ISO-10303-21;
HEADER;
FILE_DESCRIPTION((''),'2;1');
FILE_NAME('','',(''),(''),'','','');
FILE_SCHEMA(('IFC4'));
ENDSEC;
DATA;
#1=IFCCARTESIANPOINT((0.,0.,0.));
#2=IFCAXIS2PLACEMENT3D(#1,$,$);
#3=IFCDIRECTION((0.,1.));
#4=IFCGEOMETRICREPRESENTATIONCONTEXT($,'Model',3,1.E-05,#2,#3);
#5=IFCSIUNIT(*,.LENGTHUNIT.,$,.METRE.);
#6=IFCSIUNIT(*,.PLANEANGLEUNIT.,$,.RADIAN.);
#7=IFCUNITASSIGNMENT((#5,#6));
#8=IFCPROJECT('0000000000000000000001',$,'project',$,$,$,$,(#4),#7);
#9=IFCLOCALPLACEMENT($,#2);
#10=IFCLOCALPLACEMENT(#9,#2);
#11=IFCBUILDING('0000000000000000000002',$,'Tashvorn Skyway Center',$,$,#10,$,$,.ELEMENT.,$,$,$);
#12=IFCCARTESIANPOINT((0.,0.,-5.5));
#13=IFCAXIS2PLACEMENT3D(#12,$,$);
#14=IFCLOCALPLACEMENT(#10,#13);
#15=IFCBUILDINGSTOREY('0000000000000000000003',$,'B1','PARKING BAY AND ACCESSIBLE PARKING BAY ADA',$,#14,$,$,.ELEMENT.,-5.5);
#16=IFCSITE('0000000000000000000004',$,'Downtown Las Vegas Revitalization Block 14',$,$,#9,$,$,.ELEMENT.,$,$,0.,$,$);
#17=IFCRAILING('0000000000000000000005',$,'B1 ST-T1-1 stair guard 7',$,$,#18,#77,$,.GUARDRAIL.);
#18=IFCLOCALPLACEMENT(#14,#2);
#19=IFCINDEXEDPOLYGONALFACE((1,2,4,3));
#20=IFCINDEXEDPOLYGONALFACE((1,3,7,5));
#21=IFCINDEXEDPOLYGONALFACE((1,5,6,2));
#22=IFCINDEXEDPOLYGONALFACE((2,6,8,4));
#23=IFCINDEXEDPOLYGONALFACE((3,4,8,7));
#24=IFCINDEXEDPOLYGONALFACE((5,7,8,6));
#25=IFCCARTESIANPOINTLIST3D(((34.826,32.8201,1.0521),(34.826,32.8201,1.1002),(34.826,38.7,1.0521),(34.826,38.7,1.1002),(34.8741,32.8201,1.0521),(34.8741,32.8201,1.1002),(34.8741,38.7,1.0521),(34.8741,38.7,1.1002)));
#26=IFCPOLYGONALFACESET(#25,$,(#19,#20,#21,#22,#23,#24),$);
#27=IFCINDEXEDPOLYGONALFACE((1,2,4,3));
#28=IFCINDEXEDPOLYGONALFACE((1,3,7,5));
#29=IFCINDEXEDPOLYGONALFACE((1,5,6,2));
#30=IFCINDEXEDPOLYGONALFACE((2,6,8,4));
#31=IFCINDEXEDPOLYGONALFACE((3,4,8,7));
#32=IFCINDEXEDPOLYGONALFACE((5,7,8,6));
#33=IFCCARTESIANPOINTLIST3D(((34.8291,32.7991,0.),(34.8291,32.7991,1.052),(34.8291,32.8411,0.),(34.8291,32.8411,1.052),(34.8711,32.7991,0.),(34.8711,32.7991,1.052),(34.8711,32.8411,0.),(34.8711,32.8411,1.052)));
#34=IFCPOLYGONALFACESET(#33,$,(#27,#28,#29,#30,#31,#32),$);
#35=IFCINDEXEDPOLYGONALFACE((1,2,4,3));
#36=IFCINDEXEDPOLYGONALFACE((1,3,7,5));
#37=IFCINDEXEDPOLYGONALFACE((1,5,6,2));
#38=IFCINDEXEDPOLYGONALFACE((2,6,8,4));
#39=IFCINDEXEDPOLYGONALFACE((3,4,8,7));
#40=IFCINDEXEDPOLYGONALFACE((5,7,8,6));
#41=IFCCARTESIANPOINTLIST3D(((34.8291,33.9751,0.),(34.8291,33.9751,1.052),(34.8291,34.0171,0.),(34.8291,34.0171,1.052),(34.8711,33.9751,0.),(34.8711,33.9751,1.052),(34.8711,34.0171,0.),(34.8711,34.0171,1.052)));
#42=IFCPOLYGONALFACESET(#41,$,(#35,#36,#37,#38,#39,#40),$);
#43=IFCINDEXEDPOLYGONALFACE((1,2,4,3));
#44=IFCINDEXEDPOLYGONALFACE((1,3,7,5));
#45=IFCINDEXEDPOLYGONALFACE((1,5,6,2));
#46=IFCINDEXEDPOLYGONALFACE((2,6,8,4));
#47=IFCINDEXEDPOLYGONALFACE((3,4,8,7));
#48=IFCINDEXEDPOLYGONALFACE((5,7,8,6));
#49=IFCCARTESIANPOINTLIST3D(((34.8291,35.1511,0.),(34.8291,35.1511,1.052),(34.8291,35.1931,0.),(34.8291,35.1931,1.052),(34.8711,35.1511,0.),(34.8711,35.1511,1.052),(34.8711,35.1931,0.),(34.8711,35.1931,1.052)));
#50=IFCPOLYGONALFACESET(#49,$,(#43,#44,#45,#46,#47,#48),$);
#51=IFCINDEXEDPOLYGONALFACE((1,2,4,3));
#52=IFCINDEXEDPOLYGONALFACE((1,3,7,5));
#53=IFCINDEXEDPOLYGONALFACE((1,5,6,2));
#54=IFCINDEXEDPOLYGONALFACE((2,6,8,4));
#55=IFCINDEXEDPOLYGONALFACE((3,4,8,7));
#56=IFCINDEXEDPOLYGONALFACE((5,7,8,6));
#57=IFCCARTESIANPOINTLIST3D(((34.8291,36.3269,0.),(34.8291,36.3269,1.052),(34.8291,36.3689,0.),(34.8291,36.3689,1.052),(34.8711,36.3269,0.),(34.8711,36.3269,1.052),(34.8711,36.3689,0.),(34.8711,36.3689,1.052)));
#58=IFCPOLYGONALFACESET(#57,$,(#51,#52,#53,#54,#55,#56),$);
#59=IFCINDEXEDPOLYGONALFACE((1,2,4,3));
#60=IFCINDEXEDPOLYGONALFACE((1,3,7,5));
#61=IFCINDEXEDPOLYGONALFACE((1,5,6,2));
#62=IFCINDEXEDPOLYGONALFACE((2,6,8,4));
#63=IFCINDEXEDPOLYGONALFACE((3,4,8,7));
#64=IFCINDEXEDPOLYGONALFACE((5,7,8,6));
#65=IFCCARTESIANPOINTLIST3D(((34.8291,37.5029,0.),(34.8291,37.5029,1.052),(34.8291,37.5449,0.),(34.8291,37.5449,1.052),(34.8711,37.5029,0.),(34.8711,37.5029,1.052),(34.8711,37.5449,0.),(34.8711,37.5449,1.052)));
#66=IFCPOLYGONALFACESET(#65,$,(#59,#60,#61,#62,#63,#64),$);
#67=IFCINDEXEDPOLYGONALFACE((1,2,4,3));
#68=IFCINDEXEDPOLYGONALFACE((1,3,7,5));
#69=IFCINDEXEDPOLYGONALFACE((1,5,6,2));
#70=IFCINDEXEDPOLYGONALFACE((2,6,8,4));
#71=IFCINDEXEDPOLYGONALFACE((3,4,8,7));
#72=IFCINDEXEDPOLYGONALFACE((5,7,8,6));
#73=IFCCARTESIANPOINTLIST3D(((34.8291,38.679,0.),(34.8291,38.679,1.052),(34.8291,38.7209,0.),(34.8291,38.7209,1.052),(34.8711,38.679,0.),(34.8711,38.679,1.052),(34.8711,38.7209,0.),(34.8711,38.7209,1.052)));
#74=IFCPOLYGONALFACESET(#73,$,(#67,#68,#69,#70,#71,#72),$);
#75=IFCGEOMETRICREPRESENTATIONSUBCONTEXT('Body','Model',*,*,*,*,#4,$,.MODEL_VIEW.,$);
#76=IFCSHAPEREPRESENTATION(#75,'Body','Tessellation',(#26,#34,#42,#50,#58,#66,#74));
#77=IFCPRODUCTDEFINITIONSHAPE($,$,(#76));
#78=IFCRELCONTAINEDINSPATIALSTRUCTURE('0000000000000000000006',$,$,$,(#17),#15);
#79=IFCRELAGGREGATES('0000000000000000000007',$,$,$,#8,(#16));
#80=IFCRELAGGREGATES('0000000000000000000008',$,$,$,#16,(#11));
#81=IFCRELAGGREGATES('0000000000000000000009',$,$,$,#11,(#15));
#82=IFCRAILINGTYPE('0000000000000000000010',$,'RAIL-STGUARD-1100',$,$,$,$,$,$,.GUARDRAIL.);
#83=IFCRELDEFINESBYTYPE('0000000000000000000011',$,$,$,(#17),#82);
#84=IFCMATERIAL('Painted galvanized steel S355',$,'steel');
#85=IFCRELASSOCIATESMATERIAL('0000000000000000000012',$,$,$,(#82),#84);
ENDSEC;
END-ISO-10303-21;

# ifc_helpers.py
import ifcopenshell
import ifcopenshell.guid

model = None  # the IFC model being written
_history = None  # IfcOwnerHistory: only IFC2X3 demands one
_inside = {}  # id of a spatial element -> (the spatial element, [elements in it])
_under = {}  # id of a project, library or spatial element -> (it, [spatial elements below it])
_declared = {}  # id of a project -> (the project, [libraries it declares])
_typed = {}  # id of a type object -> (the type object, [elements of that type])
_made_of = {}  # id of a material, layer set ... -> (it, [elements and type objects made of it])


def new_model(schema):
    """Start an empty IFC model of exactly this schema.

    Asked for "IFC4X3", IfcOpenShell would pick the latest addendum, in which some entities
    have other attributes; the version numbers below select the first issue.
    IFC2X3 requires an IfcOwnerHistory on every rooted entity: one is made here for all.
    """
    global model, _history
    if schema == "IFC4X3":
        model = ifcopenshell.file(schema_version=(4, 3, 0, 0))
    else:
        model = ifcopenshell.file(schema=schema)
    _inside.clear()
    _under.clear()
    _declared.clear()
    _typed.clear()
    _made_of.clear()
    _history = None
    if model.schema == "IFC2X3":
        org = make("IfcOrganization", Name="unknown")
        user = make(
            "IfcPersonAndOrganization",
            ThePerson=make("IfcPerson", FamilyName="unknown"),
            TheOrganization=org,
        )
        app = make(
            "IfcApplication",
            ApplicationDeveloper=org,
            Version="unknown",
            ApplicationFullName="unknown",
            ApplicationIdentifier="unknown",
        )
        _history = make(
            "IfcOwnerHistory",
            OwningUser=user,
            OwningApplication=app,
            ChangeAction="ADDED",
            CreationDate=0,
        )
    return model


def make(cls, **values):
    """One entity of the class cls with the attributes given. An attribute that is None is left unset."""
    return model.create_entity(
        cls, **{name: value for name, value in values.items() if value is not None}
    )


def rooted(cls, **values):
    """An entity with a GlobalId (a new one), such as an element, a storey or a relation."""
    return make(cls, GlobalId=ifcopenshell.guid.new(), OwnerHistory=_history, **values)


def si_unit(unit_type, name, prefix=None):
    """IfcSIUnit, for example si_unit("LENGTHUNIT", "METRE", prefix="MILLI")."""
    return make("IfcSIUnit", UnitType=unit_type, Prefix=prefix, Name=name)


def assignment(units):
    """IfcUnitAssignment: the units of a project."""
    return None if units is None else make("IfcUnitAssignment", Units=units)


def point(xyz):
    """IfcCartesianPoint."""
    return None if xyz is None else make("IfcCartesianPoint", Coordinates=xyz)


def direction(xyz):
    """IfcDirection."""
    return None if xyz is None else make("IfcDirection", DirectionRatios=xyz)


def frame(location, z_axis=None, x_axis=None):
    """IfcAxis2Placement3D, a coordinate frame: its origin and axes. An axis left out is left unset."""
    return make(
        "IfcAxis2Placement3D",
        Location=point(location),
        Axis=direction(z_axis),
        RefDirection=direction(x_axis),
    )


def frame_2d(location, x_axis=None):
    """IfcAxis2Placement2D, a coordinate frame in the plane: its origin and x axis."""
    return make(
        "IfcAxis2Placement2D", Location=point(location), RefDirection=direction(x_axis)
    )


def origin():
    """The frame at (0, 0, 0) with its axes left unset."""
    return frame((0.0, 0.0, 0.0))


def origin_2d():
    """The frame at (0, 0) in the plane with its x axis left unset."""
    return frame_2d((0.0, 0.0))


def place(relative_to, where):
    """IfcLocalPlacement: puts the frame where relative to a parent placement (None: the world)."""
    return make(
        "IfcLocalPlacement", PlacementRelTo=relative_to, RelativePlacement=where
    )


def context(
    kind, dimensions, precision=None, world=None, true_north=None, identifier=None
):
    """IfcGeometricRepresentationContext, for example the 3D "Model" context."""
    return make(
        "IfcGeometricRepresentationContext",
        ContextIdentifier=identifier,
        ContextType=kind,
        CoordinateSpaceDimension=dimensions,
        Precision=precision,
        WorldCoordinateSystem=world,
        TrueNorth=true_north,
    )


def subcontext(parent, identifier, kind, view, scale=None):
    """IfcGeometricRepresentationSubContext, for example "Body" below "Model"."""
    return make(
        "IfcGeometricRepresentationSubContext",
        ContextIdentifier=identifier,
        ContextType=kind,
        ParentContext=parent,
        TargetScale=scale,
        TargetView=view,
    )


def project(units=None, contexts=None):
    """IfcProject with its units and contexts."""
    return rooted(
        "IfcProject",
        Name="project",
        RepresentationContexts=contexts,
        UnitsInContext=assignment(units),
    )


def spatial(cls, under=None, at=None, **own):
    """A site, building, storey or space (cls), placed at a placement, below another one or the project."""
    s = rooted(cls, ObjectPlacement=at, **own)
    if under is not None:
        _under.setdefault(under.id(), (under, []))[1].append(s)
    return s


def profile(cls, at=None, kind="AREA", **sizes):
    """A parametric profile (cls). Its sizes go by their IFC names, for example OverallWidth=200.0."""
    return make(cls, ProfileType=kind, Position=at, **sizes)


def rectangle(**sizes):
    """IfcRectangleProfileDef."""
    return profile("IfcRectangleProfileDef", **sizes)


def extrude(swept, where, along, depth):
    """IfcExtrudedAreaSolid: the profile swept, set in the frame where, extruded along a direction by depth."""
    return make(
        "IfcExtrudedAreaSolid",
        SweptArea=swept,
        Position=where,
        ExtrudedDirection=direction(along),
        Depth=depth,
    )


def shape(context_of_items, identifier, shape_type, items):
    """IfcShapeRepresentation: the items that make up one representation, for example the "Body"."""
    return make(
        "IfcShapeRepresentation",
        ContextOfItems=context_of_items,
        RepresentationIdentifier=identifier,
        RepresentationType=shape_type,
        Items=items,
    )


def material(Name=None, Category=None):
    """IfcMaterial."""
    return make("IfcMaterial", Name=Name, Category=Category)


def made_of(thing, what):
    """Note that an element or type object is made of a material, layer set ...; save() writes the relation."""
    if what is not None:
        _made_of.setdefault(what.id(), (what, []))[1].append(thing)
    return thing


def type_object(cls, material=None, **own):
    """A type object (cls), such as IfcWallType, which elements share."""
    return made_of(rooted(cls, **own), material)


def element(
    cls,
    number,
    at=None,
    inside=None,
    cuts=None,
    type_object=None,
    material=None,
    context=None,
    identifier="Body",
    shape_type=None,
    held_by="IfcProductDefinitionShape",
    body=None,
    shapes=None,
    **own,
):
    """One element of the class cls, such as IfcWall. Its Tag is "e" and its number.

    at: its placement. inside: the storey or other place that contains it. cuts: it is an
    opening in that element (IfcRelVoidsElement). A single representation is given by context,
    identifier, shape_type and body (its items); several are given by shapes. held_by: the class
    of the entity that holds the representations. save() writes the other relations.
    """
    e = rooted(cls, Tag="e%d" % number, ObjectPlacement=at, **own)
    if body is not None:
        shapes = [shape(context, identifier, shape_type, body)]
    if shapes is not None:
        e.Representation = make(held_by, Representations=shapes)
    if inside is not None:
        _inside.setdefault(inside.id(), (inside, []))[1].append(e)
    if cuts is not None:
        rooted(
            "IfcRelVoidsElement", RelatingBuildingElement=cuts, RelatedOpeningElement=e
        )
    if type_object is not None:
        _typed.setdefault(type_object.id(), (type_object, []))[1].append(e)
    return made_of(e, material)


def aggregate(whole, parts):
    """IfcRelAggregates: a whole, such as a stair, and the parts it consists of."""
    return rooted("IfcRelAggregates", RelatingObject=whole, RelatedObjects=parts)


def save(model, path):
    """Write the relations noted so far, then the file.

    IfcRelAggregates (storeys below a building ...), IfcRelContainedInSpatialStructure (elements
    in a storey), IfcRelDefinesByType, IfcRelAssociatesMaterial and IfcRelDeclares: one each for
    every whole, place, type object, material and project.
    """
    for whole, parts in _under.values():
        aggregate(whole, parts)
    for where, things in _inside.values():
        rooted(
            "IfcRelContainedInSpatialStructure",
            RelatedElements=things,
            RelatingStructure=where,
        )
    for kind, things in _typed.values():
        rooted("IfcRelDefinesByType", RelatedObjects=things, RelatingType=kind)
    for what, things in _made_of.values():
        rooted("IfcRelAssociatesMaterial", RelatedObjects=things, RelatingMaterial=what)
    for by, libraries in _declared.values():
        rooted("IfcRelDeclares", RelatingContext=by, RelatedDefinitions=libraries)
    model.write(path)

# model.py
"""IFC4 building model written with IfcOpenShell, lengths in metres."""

from ifc_helpers import new_model, si_unit, direction, frame, origin, origin_2d, place, context, subcontext, project, spatial, rectangle, extrude, material, type_object, element, save


model = new_model("IFC4")

# Units and contexts
model_context = context("Model", 3, precision=1e-05, world=origin(), true_north=direction((0.0, 1.0)))
body_context = subcontext(model_context, "Body", "Model", "MODEL_VIEW")
ifc_project = project(units=[si_unit("LENGTHUNIT", "METRE"), si_unit("PLANEANGLEUNIT", "RADIAN")], contexts=[model_context])

# Site, building, storey
site_placement = place(None, origin())
site = spatial("IfcSite", under=ifc_project, at=site_placement, Name="Downtown Las Vegas Revitalization Block 14", CompositionType="ELEMENT", RefElevation=0.0)
building_placement = place(site_placement, origin())
building = spatial("IfcBuilding", under=site, at=building_placement, Name="Tashvorn Skyway Center", CompositionType="ELEMENT")
storey_placement = place(building_placement, frame((0.0, 0.0, -5.5)))
storey = spatial("IfcBuildingStorey", under=building, at=storey_placement, Name="B1", Description="PARKING BAY AND ACCESSIBLE PARKING BAY ADA", CompositionType="ELEMENT", Elevation=-5.5)

# Railing
ifc_material_1 = material(Name="Painted galvanized steel S355", Category="steel")
railing_type_1 = type_object("IfcRailingType", Name="RAIL-STGUARD-1100", PredefinedType="GUARDRAIL", material=ifc_material_1)
railing_1_placement = place(storey_placement, frame((34.8501, 32.8201, 0.0)))
element("IfcRailing", 1, at=railing_1_placement, inside=storey, type_object=railing_type_1, Name="B1 ST-T1-1 stair guard 7", PredefinedType="GUARDRAIL", context=body_context, shape_type="SweptSolid", body=[
    extrude(rectangle(XDim=0.0481, YDim=0.0481, at=origin_2d()), frame((0.0, 0.0, 1.0762), z_axis=(0.0, 1.0, 0.0), x_axis=(-1.0, 0.0, 0.0)), (0.0, 0.0, 1.0), 5.8799),
    extrude(rectangle(XDim=0.042, YDim=0.042, at=origin_2d()), origin(), (0.0, 0.0, 1.0), 1.052),
    extrude(rectangle(XDim=0.042, YDim=0.042, at=origin_2d()), frame((0.0, 1.176, 0.0)), (0.0, 0.0, 1.0), 1.052),
    extrude(rectangle(XDim=0.042, YDim=0.042, at=origin_2d()), frame((0.0, 2.3521, 0.0)), (0.0, 0.0, 1.0), 1.052),
    extrude(rectangle(XDim=0.042, YDim=0.042, at=origin_2d()), frame((0.0, 3.5278, 0.0)), (0.0, 0.0, 1.0), 1.052),
    extrude(rectangle(XDim=0.042, YDim=0.042, at=origin_2d()), frame((0.0, 4.7039, 0.0)), (0.0, 0.0, 1.0), 1.052),
    extrude(rectangle(XDim=0.042, YDim=0.042, at=origin_2d()), frame((0.0, 5.8799, 0.0)), (0.0, 0.0, 1.0), 1.052),
])

save(model, "model.ifc")
